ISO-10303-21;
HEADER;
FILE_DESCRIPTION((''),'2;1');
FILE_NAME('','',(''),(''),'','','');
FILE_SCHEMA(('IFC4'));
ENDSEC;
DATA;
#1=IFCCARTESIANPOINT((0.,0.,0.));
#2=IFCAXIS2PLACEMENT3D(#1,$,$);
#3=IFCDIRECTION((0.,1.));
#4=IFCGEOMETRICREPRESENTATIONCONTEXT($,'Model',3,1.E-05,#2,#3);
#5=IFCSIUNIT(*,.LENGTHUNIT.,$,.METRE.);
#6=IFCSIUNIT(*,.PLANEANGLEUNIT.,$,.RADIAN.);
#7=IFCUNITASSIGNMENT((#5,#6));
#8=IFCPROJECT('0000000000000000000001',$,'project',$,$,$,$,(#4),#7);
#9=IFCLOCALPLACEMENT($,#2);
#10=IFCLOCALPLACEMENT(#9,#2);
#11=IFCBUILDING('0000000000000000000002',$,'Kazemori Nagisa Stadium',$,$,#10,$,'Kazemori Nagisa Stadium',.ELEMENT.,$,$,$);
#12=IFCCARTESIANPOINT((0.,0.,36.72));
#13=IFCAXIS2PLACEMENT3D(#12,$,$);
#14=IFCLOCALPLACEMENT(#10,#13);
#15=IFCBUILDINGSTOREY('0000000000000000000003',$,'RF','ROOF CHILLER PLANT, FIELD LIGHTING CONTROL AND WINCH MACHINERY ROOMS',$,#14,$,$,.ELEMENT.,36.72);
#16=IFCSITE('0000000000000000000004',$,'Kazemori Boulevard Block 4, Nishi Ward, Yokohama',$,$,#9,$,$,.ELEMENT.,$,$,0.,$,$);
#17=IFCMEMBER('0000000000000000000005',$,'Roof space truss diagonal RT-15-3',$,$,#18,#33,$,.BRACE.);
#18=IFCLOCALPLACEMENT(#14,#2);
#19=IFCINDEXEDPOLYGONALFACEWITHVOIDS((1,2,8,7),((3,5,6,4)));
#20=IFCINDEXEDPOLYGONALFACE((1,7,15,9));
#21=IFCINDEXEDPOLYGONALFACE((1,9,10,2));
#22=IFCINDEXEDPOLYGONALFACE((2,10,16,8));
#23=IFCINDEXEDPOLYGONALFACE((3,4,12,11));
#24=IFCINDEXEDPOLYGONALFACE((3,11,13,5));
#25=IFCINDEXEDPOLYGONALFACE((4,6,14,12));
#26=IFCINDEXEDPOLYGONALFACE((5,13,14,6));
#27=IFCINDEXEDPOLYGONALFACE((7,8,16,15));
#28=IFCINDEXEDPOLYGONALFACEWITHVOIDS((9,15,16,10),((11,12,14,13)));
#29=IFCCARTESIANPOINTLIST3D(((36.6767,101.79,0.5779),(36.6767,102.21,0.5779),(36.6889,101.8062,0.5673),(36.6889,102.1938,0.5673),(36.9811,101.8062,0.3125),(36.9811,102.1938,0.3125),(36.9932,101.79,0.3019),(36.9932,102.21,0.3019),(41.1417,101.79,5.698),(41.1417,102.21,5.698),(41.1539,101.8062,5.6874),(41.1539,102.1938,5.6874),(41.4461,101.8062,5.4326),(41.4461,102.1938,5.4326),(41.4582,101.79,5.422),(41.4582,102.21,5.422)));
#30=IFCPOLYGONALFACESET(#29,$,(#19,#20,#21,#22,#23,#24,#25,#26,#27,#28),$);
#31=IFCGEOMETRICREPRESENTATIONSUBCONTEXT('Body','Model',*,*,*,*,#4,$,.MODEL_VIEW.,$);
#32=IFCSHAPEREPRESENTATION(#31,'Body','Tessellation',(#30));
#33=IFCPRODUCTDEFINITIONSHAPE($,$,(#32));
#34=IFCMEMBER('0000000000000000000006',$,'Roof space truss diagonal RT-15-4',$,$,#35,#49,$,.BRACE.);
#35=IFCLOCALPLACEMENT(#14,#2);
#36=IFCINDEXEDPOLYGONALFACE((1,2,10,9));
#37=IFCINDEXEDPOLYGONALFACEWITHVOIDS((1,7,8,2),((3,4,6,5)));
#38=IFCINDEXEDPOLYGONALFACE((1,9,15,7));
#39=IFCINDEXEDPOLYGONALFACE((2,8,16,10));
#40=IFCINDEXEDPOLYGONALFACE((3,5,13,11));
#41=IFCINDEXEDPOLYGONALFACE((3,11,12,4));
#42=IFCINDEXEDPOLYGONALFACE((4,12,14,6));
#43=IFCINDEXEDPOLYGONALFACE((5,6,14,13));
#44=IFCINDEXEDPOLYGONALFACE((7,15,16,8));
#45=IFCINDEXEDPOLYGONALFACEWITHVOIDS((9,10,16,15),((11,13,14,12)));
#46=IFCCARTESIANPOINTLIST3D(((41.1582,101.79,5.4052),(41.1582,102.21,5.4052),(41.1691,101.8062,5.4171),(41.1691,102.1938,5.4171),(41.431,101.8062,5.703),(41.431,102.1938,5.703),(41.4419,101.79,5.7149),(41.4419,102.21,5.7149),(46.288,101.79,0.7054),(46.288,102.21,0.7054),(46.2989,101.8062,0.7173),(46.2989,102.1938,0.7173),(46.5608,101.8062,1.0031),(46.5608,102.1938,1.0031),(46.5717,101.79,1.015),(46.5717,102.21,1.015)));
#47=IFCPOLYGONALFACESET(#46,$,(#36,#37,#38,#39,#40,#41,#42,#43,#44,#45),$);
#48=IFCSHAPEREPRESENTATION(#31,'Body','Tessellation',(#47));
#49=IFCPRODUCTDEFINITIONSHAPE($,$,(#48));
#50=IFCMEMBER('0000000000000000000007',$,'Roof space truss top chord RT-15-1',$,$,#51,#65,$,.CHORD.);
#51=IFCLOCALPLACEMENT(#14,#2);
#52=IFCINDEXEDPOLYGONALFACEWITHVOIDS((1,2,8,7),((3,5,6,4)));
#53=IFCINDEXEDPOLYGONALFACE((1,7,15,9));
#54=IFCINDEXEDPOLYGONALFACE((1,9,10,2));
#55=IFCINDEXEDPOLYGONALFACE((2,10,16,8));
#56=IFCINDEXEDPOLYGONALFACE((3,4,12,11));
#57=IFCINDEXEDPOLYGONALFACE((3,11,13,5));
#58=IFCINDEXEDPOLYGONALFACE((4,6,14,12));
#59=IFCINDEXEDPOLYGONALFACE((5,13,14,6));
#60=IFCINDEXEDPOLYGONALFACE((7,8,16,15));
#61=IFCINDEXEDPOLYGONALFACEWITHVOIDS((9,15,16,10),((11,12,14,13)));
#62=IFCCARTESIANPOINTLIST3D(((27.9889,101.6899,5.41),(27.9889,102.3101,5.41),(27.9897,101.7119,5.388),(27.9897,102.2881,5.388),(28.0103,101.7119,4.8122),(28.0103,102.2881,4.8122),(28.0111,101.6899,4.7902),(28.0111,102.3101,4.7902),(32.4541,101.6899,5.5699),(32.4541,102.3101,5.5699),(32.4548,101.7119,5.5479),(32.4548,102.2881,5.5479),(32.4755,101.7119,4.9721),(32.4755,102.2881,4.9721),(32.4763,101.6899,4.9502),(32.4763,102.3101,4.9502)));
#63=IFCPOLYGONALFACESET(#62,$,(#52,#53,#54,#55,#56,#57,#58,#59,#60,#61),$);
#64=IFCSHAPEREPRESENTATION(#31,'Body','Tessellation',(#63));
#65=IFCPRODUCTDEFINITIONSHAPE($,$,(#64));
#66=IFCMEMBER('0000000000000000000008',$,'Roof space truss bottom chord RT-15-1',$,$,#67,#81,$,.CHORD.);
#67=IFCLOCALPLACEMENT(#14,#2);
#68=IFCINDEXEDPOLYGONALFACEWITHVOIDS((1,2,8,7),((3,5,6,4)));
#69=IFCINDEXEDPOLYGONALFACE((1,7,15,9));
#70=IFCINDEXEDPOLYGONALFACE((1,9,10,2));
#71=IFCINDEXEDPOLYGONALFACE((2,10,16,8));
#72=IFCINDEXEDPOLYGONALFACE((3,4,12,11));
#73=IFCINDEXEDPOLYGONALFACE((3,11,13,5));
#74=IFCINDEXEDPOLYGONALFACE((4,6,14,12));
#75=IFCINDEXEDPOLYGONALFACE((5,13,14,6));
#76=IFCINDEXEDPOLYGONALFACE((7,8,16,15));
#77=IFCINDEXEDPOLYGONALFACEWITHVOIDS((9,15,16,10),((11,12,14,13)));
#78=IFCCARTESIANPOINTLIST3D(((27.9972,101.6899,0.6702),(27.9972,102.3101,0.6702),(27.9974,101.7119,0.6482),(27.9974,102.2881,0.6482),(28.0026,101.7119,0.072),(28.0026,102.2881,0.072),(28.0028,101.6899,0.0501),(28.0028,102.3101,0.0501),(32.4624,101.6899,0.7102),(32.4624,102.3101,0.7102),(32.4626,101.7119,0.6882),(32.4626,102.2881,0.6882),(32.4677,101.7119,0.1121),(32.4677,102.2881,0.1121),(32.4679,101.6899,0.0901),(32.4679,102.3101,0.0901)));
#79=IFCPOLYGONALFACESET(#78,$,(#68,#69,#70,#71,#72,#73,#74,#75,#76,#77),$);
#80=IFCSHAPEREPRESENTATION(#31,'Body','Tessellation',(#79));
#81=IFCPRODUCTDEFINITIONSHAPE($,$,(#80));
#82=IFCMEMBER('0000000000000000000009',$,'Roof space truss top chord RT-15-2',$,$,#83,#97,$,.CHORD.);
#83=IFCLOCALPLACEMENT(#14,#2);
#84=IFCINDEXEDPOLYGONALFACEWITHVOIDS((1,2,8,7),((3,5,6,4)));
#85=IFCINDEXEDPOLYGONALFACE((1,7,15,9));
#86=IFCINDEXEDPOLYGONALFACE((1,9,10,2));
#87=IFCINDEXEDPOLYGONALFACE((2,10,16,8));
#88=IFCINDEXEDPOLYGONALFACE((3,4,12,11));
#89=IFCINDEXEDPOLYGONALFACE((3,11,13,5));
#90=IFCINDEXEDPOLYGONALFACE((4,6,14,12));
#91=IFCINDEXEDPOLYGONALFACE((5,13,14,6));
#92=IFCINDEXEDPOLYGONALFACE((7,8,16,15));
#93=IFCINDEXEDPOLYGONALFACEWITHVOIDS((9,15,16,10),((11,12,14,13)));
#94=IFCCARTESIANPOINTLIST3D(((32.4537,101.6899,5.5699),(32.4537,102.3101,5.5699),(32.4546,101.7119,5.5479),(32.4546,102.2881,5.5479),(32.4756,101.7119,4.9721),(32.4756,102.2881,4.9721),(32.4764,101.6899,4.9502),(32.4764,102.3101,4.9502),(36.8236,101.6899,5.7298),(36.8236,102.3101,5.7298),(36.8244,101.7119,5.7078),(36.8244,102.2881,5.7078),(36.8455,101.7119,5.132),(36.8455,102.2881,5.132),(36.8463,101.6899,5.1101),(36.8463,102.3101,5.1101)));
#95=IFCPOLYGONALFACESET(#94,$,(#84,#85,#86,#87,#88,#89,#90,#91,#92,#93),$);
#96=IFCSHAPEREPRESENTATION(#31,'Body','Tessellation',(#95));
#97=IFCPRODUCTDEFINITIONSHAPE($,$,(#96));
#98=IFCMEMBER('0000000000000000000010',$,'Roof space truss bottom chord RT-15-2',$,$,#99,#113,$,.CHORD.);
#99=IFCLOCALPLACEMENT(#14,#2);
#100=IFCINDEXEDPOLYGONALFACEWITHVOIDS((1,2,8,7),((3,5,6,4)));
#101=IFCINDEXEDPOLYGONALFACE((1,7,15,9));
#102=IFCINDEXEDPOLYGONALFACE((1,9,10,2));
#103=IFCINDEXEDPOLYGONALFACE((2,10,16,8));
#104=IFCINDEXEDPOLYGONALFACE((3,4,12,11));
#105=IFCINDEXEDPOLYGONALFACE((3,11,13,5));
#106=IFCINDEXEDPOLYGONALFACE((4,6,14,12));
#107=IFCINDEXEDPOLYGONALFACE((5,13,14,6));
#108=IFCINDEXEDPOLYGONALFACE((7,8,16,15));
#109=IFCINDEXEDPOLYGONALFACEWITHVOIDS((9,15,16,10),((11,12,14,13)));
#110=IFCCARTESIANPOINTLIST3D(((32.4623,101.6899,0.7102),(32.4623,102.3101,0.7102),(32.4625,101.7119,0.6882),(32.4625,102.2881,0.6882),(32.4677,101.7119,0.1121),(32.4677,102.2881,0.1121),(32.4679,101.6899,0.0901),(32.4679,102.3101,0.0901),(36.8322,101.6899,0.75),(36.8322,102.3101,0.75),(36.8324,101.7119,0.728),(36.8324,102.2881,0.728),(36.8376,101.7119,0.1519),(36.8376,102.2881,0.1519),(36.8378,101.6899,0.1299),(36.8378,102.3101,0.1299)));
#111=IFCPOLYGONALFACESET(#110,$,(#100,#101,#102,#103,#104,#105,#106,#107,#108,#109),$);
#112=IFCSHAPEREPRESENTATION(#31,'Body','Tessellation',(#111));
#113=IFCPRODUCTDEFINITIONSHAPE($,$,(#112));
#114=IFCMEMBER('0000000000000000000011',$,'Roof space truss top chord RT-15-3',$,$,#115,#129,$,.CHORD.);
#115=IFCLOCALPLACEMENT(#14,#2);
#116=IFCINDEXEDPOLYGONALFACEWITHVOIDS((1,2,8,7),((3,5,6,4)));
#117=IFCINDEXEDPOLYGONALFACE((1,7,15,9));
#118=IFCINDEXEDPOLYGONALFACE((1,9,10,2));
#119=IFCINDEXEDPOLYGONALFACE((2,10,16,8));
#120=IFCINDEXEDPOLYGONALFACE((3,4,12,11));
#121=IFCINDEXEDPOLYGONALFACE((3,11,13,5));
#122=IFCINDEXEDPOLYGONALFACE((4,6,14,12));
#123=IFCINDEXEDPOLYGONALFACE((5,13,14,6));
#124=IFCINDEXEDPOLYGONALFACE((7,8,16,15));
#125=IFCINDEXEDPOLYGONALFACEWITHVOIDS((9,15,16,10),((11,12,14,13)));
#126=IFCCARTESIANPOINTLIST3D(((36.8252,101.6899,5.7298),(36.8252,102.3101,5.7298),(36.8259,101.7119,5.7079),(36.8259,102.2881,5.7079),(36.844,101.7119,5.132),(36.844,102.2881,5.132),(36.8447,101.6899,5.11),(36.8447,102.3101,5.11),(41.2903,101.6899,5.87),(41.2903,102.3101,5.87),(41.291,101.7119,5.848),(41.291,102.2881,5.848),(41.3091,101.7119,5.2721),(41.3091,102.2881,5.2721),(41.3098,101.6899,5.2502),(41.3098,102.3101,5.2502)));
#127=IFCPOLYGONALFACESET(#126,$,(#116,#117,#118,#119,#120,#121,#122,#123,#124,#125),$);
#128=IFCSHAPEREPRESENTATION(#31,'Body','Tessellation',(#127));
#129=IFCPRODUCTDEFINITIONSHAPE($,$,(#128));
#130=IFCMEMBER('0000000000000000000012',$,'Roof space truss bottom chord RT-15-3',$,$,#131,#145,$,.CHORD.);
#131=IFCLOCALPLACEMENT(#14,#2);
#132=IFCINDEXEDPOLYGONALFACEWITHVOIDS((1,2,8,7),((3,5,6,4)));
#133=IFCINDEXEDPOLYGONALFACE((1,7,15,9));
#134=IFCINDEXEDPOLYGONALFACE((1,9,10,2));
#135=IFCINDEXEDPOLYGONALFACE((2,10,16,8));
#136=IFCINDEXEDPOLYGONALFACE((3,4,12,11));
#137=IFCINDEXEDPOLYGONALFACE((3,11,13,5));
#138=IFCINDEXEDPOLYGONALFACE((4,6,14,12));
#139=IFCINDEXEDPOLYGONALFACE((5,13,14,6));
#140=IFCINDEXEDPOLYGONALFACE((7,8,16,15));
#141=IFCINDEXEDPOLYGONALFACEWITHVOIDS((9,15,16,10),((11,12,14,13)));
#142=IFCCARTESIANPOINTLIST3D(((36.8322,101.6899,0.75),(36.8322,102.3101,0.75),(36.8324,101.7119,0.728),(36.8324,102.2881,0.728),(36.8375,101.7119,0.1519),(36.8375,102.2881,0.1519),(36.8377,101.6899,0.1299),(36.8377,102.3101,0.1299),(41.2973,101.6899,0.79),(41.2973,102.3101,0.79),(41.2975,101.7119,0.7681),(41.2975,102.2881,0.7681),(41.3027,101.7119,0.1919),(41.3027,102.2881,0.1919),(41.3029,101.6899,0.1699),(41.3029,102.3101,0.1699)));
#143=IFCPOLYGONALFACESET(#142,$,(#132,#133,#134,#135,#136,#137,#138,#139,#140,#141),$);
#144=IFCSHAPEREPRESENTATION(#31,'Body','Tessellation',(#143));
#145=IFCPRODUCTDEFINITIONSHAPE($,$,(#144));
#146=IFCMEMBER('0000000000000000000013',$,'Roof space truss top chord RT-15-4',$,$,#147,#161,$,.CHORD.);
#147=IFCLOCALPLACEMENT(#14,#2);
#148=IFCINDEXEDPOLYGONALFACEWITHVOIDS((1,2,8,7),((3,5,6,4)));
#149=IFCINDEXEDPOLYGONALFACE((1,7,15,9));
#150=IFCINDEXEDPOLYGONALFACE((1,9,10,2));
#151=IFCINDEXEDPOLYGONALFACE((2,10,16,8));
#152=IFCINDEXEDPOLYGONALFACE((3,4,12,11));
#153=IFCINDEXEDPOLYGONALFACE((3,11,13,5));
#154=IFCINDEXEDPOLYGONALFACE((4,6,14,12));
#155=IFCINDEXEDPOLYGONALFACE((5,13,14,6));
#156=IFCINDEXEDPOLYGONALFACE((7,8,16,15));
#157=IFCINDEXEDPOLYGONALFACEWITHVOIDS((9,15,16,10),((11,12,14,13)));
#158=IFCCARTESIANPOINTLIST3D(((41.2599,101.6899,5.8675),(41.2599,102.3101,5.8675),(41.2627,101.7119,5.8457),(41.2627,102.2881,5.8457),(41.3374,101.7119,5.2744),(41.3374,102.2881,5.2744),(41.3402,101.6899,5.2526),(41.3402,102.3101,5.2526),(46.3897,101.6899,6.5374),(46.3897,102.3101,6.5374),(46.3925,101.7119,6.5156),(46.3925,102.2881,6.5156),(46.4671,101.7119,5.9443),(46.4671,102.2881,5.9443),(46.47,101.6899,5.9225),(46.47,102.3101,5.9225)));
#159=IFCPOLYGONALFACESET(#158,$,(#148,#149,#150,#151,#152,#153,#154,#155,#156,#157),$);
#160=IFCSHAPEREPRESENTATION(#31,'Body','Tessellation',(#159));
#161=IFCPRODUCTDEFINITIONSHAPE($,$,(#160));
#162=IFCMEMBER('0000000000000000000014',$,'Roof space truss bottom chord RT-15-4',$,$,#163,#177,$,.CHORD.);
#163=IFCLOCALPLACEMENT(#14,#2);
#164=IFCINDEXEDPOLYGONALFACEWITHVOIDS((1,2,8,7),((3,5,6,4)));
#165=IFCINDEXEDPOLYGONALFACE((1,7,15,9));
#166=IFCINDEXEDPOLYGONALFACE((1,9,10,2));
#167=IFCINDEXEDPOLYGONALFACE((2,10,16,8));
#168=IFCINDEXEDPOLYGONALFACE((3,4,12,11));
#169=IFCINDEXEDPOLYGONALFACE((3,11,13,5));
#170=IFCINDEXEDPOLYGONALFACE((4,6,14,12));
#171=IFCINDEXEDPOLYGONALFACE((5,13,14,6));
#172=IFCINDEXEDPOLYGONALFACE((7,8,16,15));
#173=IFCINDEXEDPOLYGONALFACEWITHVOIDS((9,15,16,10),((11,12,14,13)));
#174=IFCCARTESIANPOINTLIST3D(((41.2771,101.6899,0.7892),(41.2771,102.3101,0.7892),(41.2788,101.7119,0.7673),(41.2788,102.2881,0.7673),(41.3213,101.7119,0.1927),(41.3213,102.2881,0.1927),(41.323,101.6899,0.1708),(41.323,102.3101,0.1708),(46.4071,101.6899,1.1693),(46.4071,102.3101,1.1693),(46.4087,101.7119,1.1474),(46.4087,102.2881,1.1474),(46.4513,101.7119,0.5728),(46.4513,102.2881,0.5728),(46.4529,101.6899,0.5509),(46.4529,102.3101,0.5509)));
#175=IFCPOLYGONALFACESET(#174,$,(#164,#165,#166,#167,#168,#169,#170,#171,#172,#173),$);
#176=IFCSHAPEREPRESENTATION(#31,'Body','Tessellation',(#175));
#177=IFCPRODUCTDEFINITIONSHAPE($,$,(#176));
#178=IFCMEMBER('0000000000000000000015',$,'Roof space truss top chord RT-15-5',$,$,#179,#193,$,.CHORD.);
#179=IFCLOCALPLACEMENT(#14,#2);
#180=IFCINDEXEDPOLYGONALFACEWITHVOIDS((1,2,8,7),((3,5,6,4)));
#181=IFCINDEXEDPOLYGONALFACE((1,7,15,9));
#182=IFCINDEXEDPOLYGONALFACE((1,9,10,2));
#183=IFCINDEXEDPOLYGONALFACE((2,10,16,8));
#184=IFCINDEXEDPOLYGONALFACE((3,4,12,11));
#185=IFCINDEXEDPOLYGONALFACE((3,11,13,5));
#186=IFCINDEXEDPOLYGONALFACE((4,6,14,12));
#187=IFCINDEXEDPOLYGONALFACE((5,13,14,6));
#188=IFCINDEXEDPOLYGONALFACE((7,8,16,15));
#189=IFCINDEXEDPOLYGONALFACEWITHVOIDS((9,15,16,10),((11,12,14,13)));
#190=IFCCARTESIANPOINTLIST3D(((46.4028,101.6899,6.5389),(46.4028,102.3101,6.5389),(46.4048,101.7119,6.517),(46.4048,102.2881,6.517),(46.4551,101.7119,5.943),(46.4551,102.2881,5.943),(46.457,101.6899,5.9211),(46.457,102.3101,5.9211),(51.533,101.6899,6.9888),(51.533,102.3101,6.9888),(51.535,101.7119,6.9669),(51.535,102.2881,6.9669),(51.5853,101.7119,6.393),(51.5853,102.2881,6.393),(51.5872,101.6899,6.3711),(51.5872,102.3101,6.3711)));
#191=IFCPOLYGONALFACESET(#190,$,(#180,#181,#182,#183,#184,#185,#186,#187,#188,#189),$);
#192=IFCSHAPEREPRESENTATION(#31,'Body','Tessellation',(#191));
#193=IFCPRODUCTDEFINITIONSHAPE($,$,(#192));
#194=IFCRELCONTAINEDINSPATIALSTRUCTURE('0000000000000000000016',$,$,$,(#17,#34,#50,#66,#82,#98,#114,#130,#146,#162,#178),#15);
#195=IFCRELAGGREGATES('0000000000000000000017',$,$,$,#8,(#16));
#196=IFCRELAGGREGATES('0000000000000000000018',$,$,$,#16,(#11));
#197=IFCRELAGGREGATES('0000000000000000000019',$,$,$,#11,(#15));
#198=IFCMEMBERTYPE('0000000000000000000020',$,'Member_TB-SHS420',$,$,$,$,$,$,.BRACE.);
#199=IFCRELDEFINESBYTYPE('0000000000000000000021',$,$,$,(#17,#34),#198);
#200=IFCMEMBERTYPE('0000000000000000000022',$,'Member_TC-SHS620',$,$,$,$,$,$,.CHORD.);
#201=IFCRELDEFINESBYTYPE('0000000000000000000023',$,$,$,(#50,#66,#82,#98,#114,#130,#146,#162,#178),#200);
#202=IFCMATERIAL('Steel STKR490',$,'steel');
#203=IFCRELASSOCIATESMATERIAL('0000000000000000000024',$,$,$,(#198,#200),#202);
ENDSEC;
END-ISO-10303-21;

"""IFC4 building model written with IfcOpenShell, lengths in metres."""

from ifc_helpers import new_model, si_unit, direction, frame, origin, origin_2d, place, context, subcontext, project, spatial, hollow_rectangle, extrude, material, material_profile, profile_set, type_object, element, save


model = new_model("IFC4")

# Units and contexts
model_context = context("Model", 3, precision=1e-05, world=origin(), true_north=direction((0.0, 1.0)))
body_context = subcontext(model_context, "Body", "Model", "MODEL_VIEW")
ifc_project = project(units=[si_unit("LENGTHUNIT", "METRE"), si_unit("PLANEANGLEUNIT", "RADIAN")], contexts=[model_context])

# Site, building, storey
site_placement = place(None, origin())
site = spatial("IfcSite", under=ifc_project, at=site_placement, Name="Kazemori Boulevard Block 4, Nishi Ward, Yokohama", CompositionType="ELEMENT", RefElevation=0.0)
building_placement = place(site_placement, origin())
building = spatial("IfcBuilding", under=site, at=building_placement, Name="Kazemori Nagisa Stadium", LongName="Kazemori Nagisa Stadium", CompositionType="ELEMENT")
storey_placement = place(building_placement, frame((0.0, 0.0, 36.72)))
storey = spatial("IfcBuildingStorey", under=building, at=storey_placement, Name="RF", Description="ROOF CHILLER PLANT, FIELD LIGHTING CONTROL AND WINCH MACHINERY ROOMS", CompositionType="ELEMENT", Elevation=36.72)

# Members
ifc_material_1 = material(Name="Steel STKR490", Category="steel")
ifc_material_profile_1 = material_profile(ifc_material_1, hollow_rectangle(XDim=0.4199, YDim=0.4199, WallThickness=0.0161, at=origin_2d()), Name="SHS-420x420x16")
ifc_profile_set_1 = profile_set([ifc_material_profile_1], Name="Steel STKR490")
member_type_1 = type_object("IfcMemberType", Name="Member_TB-SHS420", PredefinedType="BRACE", material=ifc_profile_set_1)
member_1_placement = place(storey_placement, frame((36.835, 102.0, 0.4399), z_axis=(0.657252, 0.0, 0.753671), x_axis=(0.0, 1.0, 0.0)))
element("IfcMember", 1, at=member_1_placement, inside=storey, type_object=member_type_1, Name="Roof space truss diagonal RT-15-3", PredefinedType="BRACE", context=body_context, shape_type="SweptSolid", body=[
    extrude(hollow_rectangle(XDim=0.4199, YDim=0.4199, WallThickness=0.0161, at=origin_2d()), origin(), (0.0, 0.0, 1.0), 6.7935),
])
member_2_placement = place(storey_placement, frame((41.3, 102.0, 5.5601), z_axis=(0.737329, 0.0, -0.675534), x_axis=(0.0, 1.0, 0.0)))
element("IfcMember", 2, at=member_2_placement, inside=storey, type_object=member_type_1, Name="Roof space truss diagonal RT-15-4", PredefinedType="BRACE", context=body_context, shape_type="SweptSolid", body=[
    extrude(hollow_rectangle(XDim=0.4199, YDim=0.4199, WallThickness=0.0161, at=origin_2d()), origin(), (0.0, 0.0, 1.0), 6.9573),
])
ifc_material_profile_2 = material_profile(ifc_material_1, hollow_rectangle(XDim=0.6201, YDim=0.6201, WallThickness=0.022, at=origin_2d()), Name="SHS-620x620x22")
ifc_profile_set_2 = profile_set([ifc_material_profile_2], Name="Steel STKR490")
member_type_2 = type_object("IfcMemberType", Name="Member_TC-SHS620", PredefinedType="CHORD", material=ifc_profile_set_2)
member_3_placement = place(storey_placement, frame((28.0, 102.0, 5.1001), z_axis=(0.999359, 0.0, 0.035791), x_axis=(0.0, 1.0, 0.0)))
element("IfcMember", 3, at=member_3_placement, inside=storey, type_object=member_type_2, Name="Roof space truss top chord RT-15-1", PredefinedType="CHORD", context=body_context, shape_type="SweptSolid", body=[
    extrude(hollow_rectangle(XDim=0.6201, YDim=0.6201, WallThickness=0.022, at=origin_2d()), origin(), (0.0, 0.0, 1.0), 4.468),
])
member_4_placement = place(storey_placement, frame((28.0, 102.0, 0.3601), z_axis=(0.99996, 0.0, 0.008967), x_axis=(0.0, 1.0, 0.0)))
element("IfcMember", 4, at=member_4_placement, inside=storey, type_object=member_type_2, Name="Roof space truss bottom chord RT-15-1", PredefinedType="CHORD", context=body_context, shape_type="SweptSolid", body=[
    extrude(hollow_rectangle(XDim=0.6201, YDim=0.6201, WallThickness=0.022, at=origin_2d()), origin(), (0.0, 0.0, 1.0), 4.4653),
])
member_5_placement = place(storey_placement, frame((32.4651, 102.0, 5.26), z_axis=(0.999331, 0.0, 0.03657), x_axis=(0.0, 1.0, 0.0)))
element("IfcMember", 5, at=member_5_placement, inside=storey, type_object=member_type_2, Name="Roof space truss top chord RT-15-2", PredefinedType="CHORD", context=body_context, shape_type="SweptSolid", body=[
    extrude(hollow_rectangle(XDim=0.6201, YDim=0.6201, WallThickness=0.022, at=origin_2d()), origin(), (0.0, 0.0, 1.0), 4.3728),
])
member_6_placement = place(storey_placement, frame((32.4651, 102.0, 0.4001), z_axis=(0.999959, 0.0, 0.009106), x_axis=(0.0, 1.0, 0.0)))
element("IfcMember", 6, at=member_6_placement, inside=storey, type_object=member_type_2, Name="Roof space truss bottom chord RT-15-2", PredefinedType="CHORD", context=body_context, shape_type="SweptSolid", body=[
    extrude(hollow_rectangle(XDim=0.6201, YDim=0.6201, WallThickness=0.022, at=origin_2d()), origin(), (0.0, 0.0, 1.0), 4.3701),
])
member_7_placement = place(storey_placement, frame((36.835, 102.0, 5.4199), z_axis=(0.999508, 0.0, 0.03137), x_axis=(0.0, 1.0, 0.0)))
element("IfcMember", 7, at=member_7_placement, inside=storey, type_object=member_type_2, Name="Roof space truss top chord RT-15-3", PredefinedType="CHORD", context=body_context, shape_type="SweptSolid", body=[
    extrude(hollow_rectangle(XDim=0.6201, YDim=0.6201, WallThickness=0.022, at=origin_2d()), origin(), (0.0, 0.0, 1.0), 4.4673),
])
member_8_placement = place(storey_placement, frame((36.835, 102.0, 0.4399), z_axis=(0.99996, 0.0, 0.008967), x_axis=(0.0, 1.0, 0.0)))
element("IfcMember", 8, at=member_8_placement, inside=storey, type_object=member_type_2, Name="Roof space truss bottom chord RT-15-3", PredefinedType="CHORD", context=body_context, shape_type="SweptSolid", body=[
    extrude(hollow_rectangle(XDim=0.6201, YDim=0.6201, WallThickness=0.022, at=origin_2d()), origin(), (0.0, 0.0, 1.0), 4.4653),
])
member_9_placement = place(storey_placement, frame((41.3, 102.0, 5.5601), z_axis=(0.99158, 0.0, 0.129493), x_axis=(0.0, 1.0, 0.0)))
element("IfcMember", 9, at=member_9_placement, inside=storey, type_object=member_type_2, Name="Roof space truss top chord RT-15-4", PredefinedType="CHORD", context=body_context, shape_type="SweptSolid", body=[
    extrude(hollow_rectangle(XDim=0.6201, YDim=0.6201, WallThickness=0.022, at=origin_2d()), origin(), (0.0, 0.0, 1.0), 5.1733),
])
member_10_placement = place(storey_placement, frame((41.3, 102.0, 0.48), z_axis=(0.997266, 0.0, 0.073898), x_axis=(0.0, 1.0, 0.0)))
element("IfcMember", 10, at=member_10_placement, inside=storey, type_object=member_type_2, Name="Roof space truss bottom chord RT-15-4", PredefinedType="CHORD", context=body_context, shape_type="SweptSolid", body=[
    extrude(hollow_rectangle(XDim=0.6201, YDim=0.6201, WallThickness=0.022, at=origin_2d()), origin(), (0.0, 0.0, 1.0), 5.144),
])
member_11_placement = place(storey_placement, frame((46.4299, 102.0, 6.23), z_axis=(0.996176, 0.0, 0.087372), x_axis=(0.0, 1.0, 0.0)))
element("IfcMember", 11, at=member_11_placement, inside=storey, type_object=member_type_2, Name="Roof space truss top chord RT-15-5", PredefinedType="CHORD", context=body_context, shape_type="SweptSolid", body=[
    extrude(hollow_rectangle(XDim=0.6201, YDim=0.6201, WallThickness=0.022, at=origin_2d()), origin(), (0.0, 0.0, 1.0), 5.1499),
])

save(model, "model.ifc")
